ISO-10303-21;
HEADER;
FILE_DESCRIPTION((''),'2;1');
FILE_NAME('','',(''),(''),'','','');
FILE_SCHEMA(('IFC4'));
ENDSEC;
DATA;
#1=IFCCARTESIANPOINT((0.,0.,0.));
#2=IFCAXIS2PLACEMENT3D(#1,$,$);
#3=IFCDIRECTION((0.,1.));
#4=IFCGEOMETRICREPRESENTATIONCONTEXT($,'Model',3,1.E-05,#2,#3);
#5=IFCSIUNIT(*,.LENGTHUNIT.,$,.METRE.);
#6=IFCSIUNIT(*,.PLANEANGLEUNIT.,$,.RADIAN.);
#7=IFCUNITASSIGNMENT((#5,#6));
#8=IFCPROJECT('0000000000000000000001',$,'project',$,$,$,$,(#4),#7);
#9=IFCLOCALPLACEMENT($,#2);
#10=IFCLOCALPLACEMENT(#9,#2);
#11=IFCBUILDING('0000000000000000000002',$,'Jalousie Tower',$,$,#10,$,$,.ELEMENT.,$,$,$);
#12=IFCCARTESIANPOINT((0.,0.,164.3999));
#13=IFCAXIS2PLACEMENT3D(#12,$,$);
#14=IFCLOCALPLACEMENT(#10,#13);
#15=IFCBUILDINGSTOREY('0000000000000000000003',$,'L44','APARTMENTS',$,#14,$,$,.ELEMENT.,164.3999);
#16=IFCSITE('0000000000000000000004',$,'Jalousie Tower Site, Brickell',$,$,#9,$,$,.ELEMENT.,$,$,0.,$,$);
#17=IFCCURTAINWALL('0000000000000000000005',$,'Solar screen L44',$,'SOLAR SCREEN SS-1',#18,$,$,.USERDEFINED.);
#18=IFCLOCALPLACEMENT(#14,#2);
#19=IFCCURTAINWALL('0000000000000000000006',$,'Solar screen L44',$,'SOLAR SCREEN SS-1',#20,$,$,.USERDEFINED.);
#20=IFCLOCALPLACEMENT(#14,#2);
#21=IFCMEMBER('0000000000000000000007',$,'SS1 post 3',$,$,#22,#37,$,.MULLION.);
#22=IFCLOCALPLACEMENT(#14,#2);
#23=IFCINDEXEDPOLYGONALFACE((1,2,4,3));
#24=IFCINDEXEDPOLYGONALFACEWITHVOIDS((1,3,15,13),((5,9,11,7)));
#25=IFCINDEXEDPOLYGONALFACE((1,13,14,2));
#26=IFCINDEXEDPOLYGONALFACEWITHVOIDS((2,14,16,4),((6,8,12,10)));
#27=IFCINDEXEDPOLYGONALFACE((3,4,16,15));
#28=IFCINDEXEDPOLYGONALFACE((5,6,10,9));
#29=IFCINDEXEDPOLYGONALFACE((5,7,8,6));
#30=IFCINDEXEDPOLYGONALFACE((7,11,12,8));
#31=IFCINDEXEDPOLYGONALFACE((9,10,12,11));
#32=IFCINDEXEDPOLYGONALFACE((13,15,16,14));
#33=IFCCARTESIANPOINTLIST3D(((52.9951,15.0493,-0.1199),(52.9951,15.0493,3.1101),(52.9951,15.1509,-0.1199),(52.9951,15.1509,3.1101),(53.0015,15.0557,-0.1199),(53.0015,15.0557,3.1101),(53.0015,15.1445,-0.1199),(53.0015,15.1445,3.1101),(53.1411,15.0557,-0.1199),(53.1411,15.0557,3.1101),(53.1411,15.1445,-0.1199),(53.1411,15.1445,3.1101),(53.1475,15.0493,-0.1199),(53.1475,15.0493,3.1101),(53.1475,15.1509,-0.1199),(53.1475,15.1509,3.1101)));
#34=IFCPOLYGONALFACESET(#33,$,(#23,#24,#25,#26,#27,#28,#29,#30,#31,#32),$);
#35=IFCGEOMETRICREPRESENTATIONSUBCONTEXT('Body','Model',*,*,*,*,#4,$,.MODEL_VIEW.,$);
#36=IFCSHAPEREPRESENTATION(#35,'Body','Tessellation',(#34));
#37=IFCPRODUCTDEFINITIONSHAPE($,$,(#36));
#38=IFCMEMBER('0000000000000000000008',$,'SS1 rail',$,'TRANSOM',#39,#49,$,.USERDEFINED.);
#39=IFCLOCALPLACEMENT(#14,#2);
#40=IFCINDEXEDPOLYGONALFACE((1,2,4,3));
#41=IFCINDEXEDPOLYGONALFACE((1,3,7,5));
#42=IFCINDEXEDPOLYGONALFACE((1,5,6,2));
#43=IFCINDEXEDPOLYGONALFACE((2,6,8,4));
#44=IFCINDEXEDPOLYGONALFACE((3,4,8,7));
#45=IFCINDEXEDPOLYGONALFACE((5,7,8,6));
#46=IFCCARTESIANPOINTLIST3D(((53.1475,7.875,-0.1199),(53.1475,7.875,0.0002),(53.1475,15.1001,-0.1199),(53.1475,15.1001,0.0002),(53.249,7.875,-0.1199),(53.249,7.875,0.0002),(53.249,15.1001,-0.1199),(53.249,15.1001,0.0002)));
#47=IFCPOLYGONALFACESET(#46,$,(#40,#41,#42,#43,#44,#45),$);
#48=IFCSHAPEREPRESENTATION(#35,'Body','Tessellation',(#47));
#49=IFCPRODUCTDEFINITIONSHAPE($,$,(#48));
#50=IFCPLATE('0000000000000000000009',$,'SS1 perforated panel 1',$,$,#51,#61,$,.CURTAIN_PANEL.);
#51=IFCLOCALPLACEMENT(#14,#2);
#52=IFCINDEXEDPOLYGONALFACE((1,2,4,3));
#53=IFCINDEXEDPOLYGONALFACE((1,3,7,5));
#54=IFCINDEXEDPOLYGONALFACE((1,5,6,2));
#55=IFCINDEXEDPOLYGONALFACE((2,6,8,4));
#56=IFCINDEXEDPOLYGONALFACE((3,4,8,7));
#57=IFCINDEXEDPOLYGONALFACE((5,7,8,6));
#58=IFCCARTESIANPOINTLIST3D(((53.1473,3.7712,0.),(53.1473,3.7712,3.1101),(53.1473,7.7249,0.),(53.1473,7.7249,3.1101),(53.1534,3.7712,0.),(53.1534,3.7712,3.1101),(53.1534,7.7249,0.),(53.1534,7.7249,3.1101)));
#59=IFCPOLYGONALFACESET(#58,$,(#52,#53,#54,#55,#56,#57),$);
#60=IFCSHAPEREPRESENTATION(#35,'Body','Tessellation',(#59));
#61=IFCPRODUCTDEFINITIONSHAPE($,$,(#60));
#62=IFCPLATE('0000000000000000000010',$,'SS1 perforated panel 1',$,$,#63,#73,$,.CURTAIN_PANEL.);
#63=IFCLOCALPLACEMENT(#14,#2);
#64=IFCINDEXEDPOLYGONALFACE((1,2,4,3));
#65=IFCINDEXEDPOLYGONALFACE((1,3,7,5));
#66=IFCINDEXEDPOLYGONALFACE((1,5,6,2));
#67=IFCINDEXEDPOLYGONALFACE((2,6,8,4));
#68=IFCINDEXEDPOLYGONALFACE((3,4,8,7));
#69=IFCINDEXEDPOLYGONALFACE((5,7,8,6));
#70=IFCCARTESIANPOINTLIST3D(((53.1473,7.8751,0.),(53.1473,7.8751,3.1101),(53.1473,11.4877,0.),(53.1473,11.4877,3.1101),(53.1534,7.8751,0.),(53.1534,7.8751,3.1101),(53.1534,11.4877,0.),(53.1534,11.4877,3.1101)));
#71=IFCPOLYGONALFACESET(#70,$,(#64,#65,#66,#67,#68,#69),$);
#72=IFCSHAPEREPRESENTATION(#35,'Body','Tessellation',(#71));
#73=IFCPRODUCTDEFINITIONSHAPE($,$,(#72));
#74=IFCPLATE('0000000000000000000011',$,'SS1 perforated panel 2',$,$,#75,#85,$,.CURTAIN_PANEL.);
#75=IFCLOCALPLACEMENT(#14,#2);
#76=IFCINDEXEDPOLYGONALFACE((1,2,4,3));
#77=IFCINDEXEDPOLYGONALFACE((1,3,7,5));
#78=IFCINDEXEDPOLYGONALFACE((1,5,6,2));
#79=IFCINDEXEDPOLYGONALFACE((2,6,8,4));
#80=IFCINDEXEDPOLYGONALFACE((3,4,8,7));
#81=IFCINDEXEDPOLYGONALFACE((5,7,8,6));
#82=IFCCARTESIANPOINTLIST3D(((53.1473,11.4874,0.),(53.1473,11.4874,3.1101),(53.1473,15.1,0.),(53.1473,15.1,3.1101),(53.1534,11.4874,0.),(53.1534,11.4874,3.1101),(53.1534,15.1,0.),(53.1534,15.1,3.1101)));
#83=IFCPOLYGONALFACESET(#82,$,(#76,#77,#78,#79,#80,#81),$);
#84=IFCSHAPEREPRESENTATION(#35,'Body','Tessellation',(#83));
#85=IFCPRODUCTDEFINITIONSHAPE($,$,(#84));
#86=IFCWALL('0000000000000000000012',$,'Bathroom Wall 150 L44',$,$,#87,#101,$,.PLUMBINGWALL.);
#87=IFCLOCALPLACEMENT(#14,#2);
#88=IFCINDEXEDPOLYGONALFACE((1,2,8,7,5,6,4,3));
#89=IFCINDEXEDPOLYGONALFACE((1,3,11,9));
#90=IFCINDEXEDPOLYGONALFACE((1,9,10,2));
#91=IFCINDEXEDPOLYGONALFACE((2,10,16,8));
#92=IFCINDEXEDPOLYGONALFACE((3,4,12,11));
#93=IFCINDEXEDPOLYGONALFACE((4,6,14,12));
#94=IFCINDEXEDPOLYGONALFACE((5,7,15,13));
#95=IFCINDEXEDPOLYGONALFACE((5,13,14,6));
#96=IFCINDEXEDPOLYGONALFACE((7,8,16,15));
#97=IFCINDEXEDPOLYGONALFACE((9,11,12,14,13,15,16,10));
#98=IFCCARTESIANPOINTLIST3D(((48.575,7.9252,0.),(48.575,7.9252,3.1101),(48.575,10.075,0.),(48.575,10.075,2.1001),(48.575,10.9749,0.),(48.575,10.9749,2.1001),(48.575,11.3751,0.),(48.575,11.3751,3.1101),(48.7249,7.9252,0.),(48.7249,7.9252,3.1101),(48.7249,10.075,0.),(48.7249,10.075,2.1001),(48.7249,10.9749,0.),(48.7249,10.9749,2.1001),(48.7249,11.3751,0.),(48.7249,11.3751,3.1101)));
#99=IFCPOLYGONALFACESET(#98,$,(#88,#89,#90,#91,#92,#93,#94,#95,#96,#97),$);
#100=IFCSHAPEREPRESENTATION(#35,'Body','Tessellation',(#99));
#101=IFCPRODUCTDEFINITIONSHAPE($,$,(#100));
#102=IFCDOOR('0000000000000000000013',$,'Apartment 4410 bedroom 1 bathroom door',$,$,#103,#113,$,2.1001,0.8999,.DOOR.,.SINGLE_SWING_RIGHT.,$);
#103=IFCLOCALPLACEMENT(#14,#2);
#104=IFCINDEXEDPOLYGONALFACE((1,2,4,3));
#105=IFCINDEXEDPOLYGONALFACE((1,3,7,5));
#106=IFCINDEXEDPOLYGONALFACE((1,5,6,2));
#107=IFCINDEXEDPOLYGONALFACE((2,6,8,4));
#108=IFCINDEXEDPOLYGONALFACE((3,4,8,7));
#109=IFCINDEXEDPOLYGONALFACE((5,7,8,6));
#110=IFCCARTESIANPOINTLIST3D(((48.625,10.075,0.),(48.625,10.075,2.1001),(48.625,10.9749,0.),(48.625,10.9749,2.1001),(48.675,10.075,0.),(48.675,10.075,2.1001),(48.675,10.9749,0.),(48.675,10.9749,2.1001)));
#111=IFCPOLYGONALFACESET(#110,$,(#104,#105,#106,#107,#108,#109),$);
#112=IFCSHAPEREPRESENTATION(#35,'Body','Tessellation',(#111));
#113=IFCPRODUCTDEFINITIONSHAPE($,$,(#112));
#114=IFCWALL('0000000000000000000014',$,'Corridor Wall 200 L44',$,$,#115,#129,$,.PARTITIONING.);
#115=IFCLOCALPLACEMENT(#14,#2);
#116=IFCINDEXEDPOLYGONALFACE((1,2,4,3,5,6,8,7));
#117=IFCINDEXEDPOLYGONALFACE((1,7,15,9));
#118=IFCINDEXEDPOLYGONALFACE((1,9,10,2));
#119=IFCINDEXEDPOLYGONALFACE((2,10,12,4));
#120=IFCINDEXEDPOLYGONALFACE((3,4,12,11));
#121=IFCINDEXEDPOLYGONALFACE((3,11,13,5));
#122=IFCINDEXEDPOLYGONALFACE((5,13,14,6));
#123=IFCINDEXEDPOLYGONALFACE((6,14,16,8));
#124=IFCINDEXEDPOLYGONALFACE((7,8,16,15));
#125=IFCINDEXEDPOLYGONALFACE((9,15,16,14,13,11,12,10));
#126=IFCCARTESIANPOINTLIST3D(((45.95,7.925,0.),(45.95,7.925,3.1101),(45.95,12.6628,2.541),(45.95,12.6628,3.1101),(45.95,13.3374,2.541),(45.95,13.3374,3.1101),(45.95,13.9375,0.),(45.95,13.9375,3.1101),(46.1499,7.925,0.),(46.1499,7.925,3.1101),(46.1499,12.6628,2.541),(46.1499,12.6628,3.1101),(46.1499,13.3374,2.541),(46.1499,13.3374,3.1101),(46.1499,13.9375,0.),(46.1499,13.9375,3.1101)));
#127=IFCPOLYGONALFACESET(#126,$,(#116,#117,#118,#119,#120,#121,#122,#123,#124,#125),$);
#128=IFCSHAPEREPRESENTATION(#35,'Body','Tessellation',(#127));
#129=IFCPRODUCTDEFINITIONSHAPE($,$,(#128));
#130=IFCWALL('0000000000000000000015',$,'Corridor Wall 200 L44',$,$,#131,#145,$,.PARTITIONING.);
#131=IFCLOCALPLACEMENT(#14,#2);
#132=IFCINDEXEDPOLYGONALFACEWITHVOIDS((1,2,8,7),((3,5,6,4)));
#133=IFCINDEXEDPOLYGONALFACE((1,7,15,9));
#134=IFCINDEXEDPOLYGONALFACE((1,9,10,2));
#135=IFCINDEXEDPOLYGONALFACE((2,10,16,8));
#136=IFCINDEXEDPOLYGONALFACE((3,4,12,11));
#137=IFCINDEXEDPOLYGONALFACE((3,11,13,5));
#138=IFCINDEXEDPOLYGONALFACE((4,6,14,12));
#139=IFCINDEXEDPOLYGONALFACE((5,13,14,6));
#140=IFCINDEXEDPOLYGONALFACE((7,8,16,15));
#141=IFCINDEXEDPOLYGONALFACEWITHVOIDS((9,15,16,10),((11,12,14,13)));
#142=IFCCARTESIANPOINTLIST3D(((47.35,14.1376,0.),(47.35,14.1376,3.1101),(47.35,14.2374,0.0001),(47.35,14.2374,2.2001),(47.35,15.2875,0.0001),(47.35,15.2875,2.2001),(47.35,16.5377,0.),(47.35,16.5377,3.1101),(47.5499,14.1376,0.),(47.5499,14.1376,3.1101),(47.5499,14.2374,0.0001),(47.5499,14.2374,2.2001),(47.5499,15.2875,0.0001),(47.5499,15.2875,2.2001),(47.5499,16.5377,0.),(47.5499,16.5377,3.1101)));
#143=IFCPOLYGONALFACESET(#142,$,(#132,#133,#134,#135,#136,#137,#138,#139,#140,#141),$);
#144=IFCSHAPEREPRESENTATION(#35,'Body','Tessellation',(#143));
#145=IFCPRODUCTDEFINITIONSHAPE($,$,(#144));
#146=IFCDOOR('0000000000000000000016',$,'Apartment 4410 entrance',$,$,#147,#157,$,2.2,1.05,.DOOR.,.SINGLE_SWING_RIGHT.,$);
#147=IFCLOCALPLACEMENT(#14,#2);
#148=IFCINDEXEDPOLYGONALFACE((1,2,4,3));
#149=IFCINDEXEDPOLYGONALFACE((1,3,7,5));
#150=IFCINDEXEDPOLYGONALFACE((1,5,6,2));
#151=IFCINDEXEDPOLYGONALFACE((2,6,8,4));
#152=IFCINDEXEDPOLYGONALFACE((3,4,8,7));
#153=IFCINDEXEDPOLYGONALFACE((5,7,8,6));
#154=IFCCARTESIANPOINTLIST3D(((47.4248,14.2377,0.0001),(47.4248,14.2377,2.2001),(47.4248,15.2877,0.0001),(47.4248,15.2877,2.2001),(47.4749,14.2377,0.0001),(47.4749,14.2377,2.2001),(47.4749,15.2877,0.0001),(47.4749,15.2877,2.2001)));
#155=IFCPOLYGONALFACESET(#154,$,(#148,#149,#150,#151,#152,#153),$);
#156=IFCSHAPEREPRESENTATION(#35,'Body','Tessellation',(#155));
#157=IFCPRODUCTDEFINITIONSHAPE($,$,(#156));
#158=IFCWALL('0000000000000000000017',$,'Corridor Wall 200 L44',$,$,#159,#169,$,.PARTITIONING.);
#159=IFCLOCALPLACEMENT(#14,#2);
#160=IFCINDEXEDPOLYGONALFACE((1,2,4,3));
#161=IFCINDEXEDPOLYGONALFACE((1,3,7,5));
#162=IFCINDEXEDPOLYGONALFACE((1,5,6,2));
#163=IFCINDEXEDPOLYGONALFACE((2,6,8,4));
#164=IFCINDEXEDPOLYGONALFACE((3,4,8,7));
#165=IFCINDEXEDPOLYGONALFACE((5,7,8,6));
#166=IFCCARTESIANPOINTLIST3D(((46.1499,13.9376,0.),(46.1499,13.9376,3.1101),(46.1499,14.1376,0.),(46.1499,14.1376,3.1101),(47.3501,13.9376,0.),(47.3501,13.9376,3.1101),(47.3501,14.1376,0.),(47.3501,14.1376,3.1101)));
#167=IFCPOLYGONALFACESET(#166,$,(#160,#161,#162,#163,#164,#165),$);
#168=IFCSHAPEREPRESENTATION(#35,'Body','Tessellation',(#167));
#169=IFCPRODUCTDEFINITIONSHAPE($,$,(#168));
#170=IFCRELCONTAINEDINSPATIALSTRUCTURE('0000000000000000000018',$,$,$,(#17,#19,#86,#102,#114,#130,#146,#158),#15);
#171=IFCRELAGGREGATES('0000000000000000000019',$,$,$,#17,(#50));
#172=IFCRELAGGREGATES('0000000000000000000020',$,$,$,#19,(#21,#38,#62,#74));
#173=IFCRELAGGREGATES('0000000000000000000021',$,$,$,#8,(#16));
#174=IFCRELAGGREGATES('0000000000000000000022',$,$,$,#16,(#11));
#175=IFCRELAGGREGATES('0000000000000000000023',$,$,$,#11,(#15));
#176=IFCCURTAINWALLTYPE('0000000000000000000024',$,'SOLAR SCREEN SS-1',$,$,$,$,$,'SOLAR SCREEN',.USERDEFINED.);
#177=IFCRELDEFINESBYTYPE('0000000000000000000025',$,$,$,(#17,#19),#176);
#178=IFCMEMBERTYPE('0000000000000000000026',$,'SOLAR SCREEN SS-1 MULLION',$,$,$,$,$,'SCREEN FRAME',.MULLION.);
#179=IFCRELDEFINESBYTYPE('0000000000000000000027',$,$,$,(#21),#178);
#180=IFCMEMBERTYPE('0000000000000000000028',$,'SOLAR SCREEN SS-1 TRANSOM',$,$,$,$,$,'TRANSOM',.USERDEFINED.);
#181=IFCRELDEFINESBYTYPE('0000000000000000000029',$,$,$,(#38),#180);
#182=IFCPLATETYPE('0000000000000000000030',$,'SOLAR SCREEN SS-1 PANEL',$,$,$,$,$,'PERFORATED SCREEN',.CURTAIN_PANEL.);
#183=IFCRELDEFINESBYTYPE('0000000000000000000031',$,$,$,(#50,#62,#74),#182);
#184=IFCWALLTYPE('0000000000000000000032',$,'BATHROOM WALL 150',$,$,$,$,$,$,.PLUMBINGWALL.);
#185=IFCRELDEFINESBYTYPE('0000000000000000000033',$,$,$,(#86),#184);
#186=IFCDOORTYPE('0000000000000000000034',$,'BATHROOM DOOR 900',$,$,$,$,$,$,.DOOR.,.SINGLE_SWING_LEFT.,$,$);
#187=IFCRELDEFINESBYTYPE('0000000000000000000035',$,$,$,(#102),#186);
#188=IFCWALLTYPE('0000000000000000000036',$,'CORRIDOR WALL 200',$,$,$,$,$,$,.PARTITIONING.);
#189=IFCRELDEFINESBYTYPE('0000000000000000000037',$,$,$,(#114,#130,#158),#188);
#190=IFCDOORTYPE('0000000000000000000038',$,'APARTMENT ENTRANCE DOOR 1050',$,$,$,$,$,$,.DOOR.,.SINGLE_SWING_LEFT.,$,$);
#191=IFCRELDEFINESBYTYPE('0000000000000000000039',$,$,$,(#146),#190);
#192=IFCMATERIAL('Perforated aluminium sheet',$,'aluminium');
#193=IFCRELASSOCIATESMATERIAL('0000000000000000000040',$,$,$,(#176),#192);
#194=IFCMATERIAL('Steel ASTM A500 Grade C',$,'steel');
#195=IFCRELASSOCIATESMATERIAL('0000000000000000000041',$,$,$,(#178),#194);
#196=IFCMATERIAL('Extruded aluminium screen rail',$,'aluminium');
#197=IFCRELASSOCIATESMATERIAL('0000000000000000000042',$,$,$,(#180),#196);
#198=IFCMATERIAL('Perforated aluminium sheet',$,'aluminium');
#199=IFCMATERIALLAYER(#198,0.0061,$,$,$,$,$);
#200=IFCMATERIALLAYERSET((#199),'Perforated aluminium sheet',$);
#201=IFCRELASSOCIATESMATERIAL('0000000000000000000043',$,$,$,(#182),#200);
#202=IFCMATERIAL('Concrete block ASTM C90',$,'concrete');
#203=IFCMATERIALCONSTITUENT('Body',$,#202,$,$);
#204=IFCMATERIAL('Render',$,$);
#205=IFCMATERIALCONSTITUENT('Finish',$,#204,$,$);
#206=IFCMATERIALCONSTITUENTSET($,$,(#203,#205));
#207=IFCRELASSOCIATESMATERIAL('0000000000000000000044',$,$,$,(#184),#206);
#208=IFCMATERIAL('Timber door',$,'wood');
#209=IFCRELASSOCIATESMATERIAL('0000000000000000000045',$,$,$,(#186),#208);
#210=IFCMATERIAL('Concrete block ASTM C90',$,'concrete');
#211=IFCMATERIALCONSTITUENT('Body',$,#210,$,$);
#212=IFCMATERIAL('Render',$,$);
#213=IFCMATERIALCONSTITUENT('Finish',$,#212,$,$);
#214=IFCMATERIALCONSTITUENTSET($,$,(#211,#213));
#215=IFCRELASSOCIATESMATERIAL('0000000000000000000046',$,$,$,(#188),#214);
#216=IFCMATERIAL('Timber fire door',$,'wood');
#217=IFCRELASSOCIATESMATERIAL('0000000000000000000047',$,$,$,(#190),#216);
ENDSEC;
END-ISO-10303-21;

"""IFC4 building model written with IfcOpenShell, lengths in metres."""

from ifc_helpers import new_model, si_unit, direction, frame, frame_2d, origin, origin_2d, place, context, subcontext, project, spatial, polyline, rectangle, hollow_rectangle, outline, extrude, material, layer, layer_set, constituent, constituent_set, material_profile, profile_set, type_object, element, fill, aggregate, save


model = new_model("IFC4")

# Units and contexts
model_context = context("Model", 3, precision=1e-05, world=origin(), true_north=direction((0.0, 1.0)))
body_context = subcontext(model_context, "Body", "Model", "MODEL_VIEW")
ifc_project = project(units=[si_unit("LENGTHUNIT", "METRE"), si_unit("PLANEANGLEUNIT", "RADIAN")], contexts=[model_context])

# Site, building, storey
site_placement = place(None, origin())
site = spatial("IfcSite", under=ifc_project, at=site_placement, Name="Jalousie Tower Site, Brickell", CompositionType="ELEMENT", RefElevation=0.0)
building_placement = place(site_placement, origin())
building = spatial("IfcBuilding", under=site, at=building_placement, Name="Jalousie Tower", CompositionType="ELEMENT")
storey_placement = place(building_placement, frame((0.0, 0.0, 164.3999)))
storey = spatial("IfcBuildingStorey", under=building, at=storey_placement, Name="L44", Description="APARTMENTS", CompositionType="ELEMENT", Elevation=164.3999)

# Curtain wall
ifc_material_1 = material(Name="Perforated aluminium sheet", Category="aluminium")
curtain_wall_type = type_object("IfcCurtainWallType", Name="SOLAR SCREEN SS-1", ElementType="SOLAR SCREEN", PredefinedType="USERDEFINED", material=ifc_material_1)
curtain_wall_1_placement = place(storey_placement, origin())
curtain_wall_1 = element("IfcCurtainWall", 1, at=curtain_wall_1_placement, inside=storey, type_object=curtain_wall_type, Name="Solar screen L44", ObjectType="SOLAR SCREEN SS-1", PredefinedType="USERDEFINED")
ifc_material_2 = material(Name="Steel ASTM A500 Grade C", Category="steel")
ifc_material_profile_1 = material_profile(ifc_material_2, hollow_rectangle(XDim=0.1016, YDim=0.1523, WallThickness=0.0063, at=origin_2d()), Name="HSS6X4X1/4")
ifc_profile_set_1 = profile_set([ifc_material_profile_1], Name="Steel ASTM A500 Grade C")
member_type_1 = type_object("IfcMemberType", Name="SOLAR SCREEN SS-1 MULLION", ElementType="SCREEN FRAME", PredefinedType="MULLION", material=ifc_profile_set_1)

# Curtain wall, members
curtain_wall_2_placement = place(storey_placement, origin())
curtain_wall_2 = element("IfcCurtainWall", 2, at=curtain_wall_2_placement, inside=storey, type_object=curtain_wall_type, Name="Solar screen L44", ObjectType="SOLAR SCREEN SS-1", PredefinedType="USERDEFINED")
member_1_placement = place(storey_placement, frame((53.0713, 15.1001, -0.1199), z_axis=(0.0, 0.0, 1.0), x_axis=(0.0, 1.0, 0.0)))
member_1 = element("IfcMember", 3, at=member_1_placement, type_object=member_type_1, Name="SS1 post 3", PredefinedType="MULLION", context=body_context, shape_type="SweptSolid", body=[
    extrude(hollow_rectangle(XDim=0.1016, YDim=0.1523, WallThickness=0.0063, at=origin_2d()), origin(), (0.0, 0.0, 1.0), 3.23),
])
ifc_material_3 = material(Name="Extruded aluminium screen rail", Category="aluminium")
ifc_material_profile_2 = material_profile(ifc_material_3, rectangle(XDim=0.1016, YDim=0.1201, at=origin_2d()), Name="RAIL 102x120")
ifc_profile_set_2 = profile_set([ifc_material_profile_2], Name="Extruded aluminium screen rail")
member_type_2 = type_object("IfcMemberType", Name="SOLAR SCREEN SS-1 TRANSOM", ElementType="TRANSOM", PredefinedType="USERDEFINED", material=ifc_profile_set_2)
member_2_placement = place(storey_placement, frame((53.1982, 7.875, -0.0598), z_axis=(0.0, 1.0, 0.0), x_axis=(-1.0, 0.0, 0.0)))
member_2 = element("IfcMember", 4, at=member_2_placement, type_object=member_type_2, Name="SS1 rail", ObjectType="TRANSOM", PredefinedType="USERDEFINED", context=body_context, shape_type="SweptSolid", body=[
    extrude(rectangle(XDim=0.1016, YDim=0.1201, at=origin_2d()), origin(), (0.0, 0.0, 1.0), 7.2251),
])

# Plates
ifc_material_4 = material(Name="Perforated aluminium sheet", Category="aluminium")
ifc_layer_1 = layer(ifc_material_4, 0.0061)
ifc_layer_set_1 = layer_set([ifc_layer_1], Name="Perforated aluminium sheet")
plate_type = type_object("IfcPlateType", Name="SOLAR SCREEN SS-1 PANEL", ElementType="PERFORATED SCREEN", PredefinedType="CURTAIN_PANEL", material=ifc_layer_set_1)
plate_1_placement = place(storey_placement, frame((53.1504, 5.748, 0.0), z_axis=(0.0, 0.0, 1.0), x_axis=(0.0, 1.0, 0.0)))
plate_1 = element("IfcPlate", 5, at=plate_1_placement, type_object=plate_type, Name="SS1 perforated panel 1", PredefinedType="CURTAIN_PANEL", context=body_context, shape_type="SweptSolid", body=[
    extrude(rectangle(XDim=3.9536, YDim=0.0061, at=origin_2d()), origin(), (0.0, 0.0, 1.0), 3.1101),
])
aggregate(curtain_wall_1, [plate_1])
plate_2_placement = place(storey_placement, frame((53.1504, 9.6814, 0.0), z_axis=(0.0, 0.0, 1.0), x_axis=(0.0, 1.0, 0.0)))
plate_2 = element("IfcPlate", 6, at=plate_2_placement, type_object=plate_type, Name="SS1 perforated panel 1", PredefinedType="CURTAIN_PANEL", context=body_context, shape_type="SweptSolid", body=[
    extrude(rectangle(XDim=3.6125, YDim=0.0061, at=origin_2d()), origin(), (0.0, 0.0, 1.0), 3.1101),
])
plate_3_placement = place(storey_placement, frame((53.1504, 13.2937, 0.0), z_axis=(0.0, 0.0, 1.0), x_axis=(0.0, 1.0, 0.0)))
plate_3 = element("IfcPlate", 7, at=plate_3_placement, type_object=plate_type, Name="SS1 perforated panel 2", PredefinedType="CURTAIN_PANEL", context=body_context, shape_type="SweptSolid", body=[
    extrude(rectangle(XDim=3.6125, YDim=0.0061, at=origin_2d()), origin(), (0.0, 0.0, 1.0), 3.1101),
])
aggregate(curtain_wall_2, [member_1, member_2, plate_2, plate_3])

# Wall, opening, door
ifc_material_5 = material(Name="Concrete block ASTM C90", Category="concrete")
ifc_constituent_1 = constituent(ifc_material_5, Name="Body")
ifc_material_6 = material(Name="Render")
ifc_constituent_2 = constituent(ifc_material_6, Name="Finish")
ifc_constituent_set_1 = constituent_set(constituents=[ifc_constituent_1, ifc_constituent_2])
wall_type_1 = type_object("IfcWallType", Name="BATHROOM WALL 150", PredefinedType="PLUMBINGWALL", material=ifc_constituent_set_1)
wall_1_placement = place(storey_placement, frame((48.6499, 7.925, 0.0), z_axis=(0.0, 0.0, 1.0), x_axis=(0.0, 1.0, 0.0)))
wall_1 = element("IfcWall", 8, at=wall_1_placement, inside=storey, type_object=wall_type_1, Name="Bathroom Wall 150 L44", PredefinedType="PLUMBINGWALL", context=body_context, shape_type="SweptSolid", body=[
    extrude(rectangle(XDim=3.45, YDim=0.1499, at=frame_2d((1.7251, 0.0))), origin(), (0.0, 0.0, 1.0), 3.1101),
])
opening_1_placement = place(wall_1_placement, frame((2.1499, 0.0, 0.0)))
opening_1 = element("IfcOpeningElement", 9, at=opening_1_placement, cuts=wall_1, PredefinedType="OPENING", context=body_context, shape_type="SweptSolid", body=[
    extrude(rectangle(XDim=0.8999, YDim=2.1001, at=frame_2d((0.45, 1.05))), frame((0.0, 0.085, 0.0), z_axis=(0.0, -1.0, 0.0), x_axis=(1.0, 0.0, 0.0)), (0.0, 0.0, 1.0), 0.1699),
])
ifc_material_7 = material(Name="Timber door", Category="wood")
door_type_1 = type_object("IfcDoorType", Name="BATHROOM DOOR 900", OperationType="SINGLE_SWING_LEFT", PredefinedType="DOOR", material=ifc_material_7)
door_1_placement = place(opening_1_placement, origin())
door_1 = element("IfcDoor", 10, at=door_1_placement, inside=storey, type_object=door_type_1, Name="Apartment 4410 bedroom 1 bathroom door", OperationType="SINGLE_SWING_RIGHT", OverallHeight=2.1001, OverallWidth=0.8999, PredefinedType="DOOR", context=body_context, shape_type="SweptSolid", body=[
    extrude(rectangle(XDim=0.8999, YDim=2.1001, at=frame_2d((0.45, 1.05))), frame((0.0, 0.0249, 0.0), z_axis=(0.0, -1.0, 0.0), x_axis=(1.0, 0.0, 0.0)), (0.0, 0.0, 1.0), 0.05),
])
fill(opening_1, door_1)

# Wall
ifc_material_8 = material(Name="Concrete block ASTM C90", Category="concrete")
ifc_constituent_3 = constituent(ifc_material_8, Name="Body")
ifc_material_9 = material(Name="Render")
ifc_constituent_4 = constituent(ifc_material_9, Name="Finish")
ifc_constituent_set_2 = constituent_set(constituents=[ifc_constituent_3, ifc_constituent_4])
wall_type_2 = type_object("IfcWallType", Name="CORRIDOR WALL 200", PredefinedType="PARTITIONING", material=ifc_constituent_set_2)
wall_2_placement = place(storey_placement, frame((46.05, 7.925, 0.0), z_axis=(0.0, 0.0, 1.0), x_axis=(0.0, 1.0, 0.0)))
element("IfcWall", 11, at=wall_2_placement, inside=storey, type_object=wall_type_2, Name="Corridor Wall 200 L44", PredefinedType="PARTITIONING", context=body_context, shape_type="SweptSolid", body=[
    extrude(outline(polyline([(0.0, 0.0), (6.0125, 0.0), (6.0125, 3.1101), (5.4124, 3.1101), (5.4124, 2.541), (4.7378, 2.541), (4.7378, 3.1101), (0.0, 3.1101), (0.0, 0.0)])), frame((0.0, 0.1001, 0.0), z_axis=(0.0, -1.0, 0.0), x_axis=(1.0, 0.0, 0.0)), (0.0, 0.0, 1.0), 0.2),
])

# Wall, opening, door
wall_3_placement = place(storey_placement, frame((47.45, 14.1375, 0.0), z_axis=(0.0, 0.0, 1.0), x_axis=(0.0, 1.0, 0.0)))
wall_3 = element("IfcWall", 12, at=wall_3_placement, inside=storey, type_object=wall_type_2, Name="Corridor Wall 200 L44", PredefinedType="PARTITIONING", context=body_context, shape_type="SweptSolid", body=[
    extrude(rectangle(XDim=2.4001, YDim=0.2, at=frame_2d((1.2002, 0.0))), origin(), (0.0, 0.0, 1.0), 3.1101),
])
opening_2_placement = place(wall_3_placement, frame((0.1001, 0.0, 0.0)))
opening_2 = element("IfcOpeningElement", 13, at=opening_2_placement, cuts=wall_3, PredefinedType="OPENING", context=body_context, shape_type="SweptSolid", body=[
    extrude(rectangle(XDim=1.05, YDim=2.2, at=frame_2d((0.5249, 1.1001))), frame((0.0, 0.1099, 0.0), z_axis=(0.0, -1.0, 0.0), x_axis=(1.0, 0.0, 0.0)), (0.0, 0.0, 1.0), 0.22),
])
ifc_material_10 = material(Name="Timber fire door", Category="wood")
door_type_2 = type_object("IfcDoorType", Name="APARTMENT ENTRANCE DOOR 1050", OperationType="SINGLE_SWING_LEFT", PredefinedType="DOOR", material=ifc_material_10)
door_2_placement = place(opening_2_placement, frame((1.05, 0.0, 0.0), z_axis=(0.0, 0.0, 1.0), x_axis=(-1.0, 0.0, 0.0)))
door_2 = element("IfcDoor", 14, at=door_2_placement, inside=storey, type_object=door_type_2, Name="Apartment 4410 entrance", OperationType="SINGLE_SWING_RIGHT", OverallHeight=2.2, OverallWidth=1.05, PredefinedType="DOOR", context=body_context, shape_type="SweptSolid", body=[
    extrude(rectangle(XDim=1.05, YDim=2.2, at=frame_2d((0.5249, 1.1001))), frame((0.0, 0.0249, 0.0), z_axis=(0.0, -1.0, 0.0), x_axis=(1.0, 0.0, 0.0)), (0.0, 0.0, 1.0), 0.05),
])
fill(opening_2, door_2)

# Wall
wall_4_placement = place(storey_placement, frame((46.1499, 14.0376, 0.0), z_axis=(0.0, 0.0, 1.0), x_axis=(1.0, 0.0, 0.0)))
element("IfcWall", 15, at=wall_4_placement, inside=storey, type_object=wall_type_2, Name="Corridor Wall 200 L44", PredefinedType="PARTITIONING", context=body_context, shape_type="SweptSolid", body=[
    extrude(rectangle(XDim=1.2002, YDim=0.2, at=frame_2d((0.6001, 0.0))), origin(), (0.0, 0.0, 1.0), 3.1101),
])

save(model, "model.ifc")
